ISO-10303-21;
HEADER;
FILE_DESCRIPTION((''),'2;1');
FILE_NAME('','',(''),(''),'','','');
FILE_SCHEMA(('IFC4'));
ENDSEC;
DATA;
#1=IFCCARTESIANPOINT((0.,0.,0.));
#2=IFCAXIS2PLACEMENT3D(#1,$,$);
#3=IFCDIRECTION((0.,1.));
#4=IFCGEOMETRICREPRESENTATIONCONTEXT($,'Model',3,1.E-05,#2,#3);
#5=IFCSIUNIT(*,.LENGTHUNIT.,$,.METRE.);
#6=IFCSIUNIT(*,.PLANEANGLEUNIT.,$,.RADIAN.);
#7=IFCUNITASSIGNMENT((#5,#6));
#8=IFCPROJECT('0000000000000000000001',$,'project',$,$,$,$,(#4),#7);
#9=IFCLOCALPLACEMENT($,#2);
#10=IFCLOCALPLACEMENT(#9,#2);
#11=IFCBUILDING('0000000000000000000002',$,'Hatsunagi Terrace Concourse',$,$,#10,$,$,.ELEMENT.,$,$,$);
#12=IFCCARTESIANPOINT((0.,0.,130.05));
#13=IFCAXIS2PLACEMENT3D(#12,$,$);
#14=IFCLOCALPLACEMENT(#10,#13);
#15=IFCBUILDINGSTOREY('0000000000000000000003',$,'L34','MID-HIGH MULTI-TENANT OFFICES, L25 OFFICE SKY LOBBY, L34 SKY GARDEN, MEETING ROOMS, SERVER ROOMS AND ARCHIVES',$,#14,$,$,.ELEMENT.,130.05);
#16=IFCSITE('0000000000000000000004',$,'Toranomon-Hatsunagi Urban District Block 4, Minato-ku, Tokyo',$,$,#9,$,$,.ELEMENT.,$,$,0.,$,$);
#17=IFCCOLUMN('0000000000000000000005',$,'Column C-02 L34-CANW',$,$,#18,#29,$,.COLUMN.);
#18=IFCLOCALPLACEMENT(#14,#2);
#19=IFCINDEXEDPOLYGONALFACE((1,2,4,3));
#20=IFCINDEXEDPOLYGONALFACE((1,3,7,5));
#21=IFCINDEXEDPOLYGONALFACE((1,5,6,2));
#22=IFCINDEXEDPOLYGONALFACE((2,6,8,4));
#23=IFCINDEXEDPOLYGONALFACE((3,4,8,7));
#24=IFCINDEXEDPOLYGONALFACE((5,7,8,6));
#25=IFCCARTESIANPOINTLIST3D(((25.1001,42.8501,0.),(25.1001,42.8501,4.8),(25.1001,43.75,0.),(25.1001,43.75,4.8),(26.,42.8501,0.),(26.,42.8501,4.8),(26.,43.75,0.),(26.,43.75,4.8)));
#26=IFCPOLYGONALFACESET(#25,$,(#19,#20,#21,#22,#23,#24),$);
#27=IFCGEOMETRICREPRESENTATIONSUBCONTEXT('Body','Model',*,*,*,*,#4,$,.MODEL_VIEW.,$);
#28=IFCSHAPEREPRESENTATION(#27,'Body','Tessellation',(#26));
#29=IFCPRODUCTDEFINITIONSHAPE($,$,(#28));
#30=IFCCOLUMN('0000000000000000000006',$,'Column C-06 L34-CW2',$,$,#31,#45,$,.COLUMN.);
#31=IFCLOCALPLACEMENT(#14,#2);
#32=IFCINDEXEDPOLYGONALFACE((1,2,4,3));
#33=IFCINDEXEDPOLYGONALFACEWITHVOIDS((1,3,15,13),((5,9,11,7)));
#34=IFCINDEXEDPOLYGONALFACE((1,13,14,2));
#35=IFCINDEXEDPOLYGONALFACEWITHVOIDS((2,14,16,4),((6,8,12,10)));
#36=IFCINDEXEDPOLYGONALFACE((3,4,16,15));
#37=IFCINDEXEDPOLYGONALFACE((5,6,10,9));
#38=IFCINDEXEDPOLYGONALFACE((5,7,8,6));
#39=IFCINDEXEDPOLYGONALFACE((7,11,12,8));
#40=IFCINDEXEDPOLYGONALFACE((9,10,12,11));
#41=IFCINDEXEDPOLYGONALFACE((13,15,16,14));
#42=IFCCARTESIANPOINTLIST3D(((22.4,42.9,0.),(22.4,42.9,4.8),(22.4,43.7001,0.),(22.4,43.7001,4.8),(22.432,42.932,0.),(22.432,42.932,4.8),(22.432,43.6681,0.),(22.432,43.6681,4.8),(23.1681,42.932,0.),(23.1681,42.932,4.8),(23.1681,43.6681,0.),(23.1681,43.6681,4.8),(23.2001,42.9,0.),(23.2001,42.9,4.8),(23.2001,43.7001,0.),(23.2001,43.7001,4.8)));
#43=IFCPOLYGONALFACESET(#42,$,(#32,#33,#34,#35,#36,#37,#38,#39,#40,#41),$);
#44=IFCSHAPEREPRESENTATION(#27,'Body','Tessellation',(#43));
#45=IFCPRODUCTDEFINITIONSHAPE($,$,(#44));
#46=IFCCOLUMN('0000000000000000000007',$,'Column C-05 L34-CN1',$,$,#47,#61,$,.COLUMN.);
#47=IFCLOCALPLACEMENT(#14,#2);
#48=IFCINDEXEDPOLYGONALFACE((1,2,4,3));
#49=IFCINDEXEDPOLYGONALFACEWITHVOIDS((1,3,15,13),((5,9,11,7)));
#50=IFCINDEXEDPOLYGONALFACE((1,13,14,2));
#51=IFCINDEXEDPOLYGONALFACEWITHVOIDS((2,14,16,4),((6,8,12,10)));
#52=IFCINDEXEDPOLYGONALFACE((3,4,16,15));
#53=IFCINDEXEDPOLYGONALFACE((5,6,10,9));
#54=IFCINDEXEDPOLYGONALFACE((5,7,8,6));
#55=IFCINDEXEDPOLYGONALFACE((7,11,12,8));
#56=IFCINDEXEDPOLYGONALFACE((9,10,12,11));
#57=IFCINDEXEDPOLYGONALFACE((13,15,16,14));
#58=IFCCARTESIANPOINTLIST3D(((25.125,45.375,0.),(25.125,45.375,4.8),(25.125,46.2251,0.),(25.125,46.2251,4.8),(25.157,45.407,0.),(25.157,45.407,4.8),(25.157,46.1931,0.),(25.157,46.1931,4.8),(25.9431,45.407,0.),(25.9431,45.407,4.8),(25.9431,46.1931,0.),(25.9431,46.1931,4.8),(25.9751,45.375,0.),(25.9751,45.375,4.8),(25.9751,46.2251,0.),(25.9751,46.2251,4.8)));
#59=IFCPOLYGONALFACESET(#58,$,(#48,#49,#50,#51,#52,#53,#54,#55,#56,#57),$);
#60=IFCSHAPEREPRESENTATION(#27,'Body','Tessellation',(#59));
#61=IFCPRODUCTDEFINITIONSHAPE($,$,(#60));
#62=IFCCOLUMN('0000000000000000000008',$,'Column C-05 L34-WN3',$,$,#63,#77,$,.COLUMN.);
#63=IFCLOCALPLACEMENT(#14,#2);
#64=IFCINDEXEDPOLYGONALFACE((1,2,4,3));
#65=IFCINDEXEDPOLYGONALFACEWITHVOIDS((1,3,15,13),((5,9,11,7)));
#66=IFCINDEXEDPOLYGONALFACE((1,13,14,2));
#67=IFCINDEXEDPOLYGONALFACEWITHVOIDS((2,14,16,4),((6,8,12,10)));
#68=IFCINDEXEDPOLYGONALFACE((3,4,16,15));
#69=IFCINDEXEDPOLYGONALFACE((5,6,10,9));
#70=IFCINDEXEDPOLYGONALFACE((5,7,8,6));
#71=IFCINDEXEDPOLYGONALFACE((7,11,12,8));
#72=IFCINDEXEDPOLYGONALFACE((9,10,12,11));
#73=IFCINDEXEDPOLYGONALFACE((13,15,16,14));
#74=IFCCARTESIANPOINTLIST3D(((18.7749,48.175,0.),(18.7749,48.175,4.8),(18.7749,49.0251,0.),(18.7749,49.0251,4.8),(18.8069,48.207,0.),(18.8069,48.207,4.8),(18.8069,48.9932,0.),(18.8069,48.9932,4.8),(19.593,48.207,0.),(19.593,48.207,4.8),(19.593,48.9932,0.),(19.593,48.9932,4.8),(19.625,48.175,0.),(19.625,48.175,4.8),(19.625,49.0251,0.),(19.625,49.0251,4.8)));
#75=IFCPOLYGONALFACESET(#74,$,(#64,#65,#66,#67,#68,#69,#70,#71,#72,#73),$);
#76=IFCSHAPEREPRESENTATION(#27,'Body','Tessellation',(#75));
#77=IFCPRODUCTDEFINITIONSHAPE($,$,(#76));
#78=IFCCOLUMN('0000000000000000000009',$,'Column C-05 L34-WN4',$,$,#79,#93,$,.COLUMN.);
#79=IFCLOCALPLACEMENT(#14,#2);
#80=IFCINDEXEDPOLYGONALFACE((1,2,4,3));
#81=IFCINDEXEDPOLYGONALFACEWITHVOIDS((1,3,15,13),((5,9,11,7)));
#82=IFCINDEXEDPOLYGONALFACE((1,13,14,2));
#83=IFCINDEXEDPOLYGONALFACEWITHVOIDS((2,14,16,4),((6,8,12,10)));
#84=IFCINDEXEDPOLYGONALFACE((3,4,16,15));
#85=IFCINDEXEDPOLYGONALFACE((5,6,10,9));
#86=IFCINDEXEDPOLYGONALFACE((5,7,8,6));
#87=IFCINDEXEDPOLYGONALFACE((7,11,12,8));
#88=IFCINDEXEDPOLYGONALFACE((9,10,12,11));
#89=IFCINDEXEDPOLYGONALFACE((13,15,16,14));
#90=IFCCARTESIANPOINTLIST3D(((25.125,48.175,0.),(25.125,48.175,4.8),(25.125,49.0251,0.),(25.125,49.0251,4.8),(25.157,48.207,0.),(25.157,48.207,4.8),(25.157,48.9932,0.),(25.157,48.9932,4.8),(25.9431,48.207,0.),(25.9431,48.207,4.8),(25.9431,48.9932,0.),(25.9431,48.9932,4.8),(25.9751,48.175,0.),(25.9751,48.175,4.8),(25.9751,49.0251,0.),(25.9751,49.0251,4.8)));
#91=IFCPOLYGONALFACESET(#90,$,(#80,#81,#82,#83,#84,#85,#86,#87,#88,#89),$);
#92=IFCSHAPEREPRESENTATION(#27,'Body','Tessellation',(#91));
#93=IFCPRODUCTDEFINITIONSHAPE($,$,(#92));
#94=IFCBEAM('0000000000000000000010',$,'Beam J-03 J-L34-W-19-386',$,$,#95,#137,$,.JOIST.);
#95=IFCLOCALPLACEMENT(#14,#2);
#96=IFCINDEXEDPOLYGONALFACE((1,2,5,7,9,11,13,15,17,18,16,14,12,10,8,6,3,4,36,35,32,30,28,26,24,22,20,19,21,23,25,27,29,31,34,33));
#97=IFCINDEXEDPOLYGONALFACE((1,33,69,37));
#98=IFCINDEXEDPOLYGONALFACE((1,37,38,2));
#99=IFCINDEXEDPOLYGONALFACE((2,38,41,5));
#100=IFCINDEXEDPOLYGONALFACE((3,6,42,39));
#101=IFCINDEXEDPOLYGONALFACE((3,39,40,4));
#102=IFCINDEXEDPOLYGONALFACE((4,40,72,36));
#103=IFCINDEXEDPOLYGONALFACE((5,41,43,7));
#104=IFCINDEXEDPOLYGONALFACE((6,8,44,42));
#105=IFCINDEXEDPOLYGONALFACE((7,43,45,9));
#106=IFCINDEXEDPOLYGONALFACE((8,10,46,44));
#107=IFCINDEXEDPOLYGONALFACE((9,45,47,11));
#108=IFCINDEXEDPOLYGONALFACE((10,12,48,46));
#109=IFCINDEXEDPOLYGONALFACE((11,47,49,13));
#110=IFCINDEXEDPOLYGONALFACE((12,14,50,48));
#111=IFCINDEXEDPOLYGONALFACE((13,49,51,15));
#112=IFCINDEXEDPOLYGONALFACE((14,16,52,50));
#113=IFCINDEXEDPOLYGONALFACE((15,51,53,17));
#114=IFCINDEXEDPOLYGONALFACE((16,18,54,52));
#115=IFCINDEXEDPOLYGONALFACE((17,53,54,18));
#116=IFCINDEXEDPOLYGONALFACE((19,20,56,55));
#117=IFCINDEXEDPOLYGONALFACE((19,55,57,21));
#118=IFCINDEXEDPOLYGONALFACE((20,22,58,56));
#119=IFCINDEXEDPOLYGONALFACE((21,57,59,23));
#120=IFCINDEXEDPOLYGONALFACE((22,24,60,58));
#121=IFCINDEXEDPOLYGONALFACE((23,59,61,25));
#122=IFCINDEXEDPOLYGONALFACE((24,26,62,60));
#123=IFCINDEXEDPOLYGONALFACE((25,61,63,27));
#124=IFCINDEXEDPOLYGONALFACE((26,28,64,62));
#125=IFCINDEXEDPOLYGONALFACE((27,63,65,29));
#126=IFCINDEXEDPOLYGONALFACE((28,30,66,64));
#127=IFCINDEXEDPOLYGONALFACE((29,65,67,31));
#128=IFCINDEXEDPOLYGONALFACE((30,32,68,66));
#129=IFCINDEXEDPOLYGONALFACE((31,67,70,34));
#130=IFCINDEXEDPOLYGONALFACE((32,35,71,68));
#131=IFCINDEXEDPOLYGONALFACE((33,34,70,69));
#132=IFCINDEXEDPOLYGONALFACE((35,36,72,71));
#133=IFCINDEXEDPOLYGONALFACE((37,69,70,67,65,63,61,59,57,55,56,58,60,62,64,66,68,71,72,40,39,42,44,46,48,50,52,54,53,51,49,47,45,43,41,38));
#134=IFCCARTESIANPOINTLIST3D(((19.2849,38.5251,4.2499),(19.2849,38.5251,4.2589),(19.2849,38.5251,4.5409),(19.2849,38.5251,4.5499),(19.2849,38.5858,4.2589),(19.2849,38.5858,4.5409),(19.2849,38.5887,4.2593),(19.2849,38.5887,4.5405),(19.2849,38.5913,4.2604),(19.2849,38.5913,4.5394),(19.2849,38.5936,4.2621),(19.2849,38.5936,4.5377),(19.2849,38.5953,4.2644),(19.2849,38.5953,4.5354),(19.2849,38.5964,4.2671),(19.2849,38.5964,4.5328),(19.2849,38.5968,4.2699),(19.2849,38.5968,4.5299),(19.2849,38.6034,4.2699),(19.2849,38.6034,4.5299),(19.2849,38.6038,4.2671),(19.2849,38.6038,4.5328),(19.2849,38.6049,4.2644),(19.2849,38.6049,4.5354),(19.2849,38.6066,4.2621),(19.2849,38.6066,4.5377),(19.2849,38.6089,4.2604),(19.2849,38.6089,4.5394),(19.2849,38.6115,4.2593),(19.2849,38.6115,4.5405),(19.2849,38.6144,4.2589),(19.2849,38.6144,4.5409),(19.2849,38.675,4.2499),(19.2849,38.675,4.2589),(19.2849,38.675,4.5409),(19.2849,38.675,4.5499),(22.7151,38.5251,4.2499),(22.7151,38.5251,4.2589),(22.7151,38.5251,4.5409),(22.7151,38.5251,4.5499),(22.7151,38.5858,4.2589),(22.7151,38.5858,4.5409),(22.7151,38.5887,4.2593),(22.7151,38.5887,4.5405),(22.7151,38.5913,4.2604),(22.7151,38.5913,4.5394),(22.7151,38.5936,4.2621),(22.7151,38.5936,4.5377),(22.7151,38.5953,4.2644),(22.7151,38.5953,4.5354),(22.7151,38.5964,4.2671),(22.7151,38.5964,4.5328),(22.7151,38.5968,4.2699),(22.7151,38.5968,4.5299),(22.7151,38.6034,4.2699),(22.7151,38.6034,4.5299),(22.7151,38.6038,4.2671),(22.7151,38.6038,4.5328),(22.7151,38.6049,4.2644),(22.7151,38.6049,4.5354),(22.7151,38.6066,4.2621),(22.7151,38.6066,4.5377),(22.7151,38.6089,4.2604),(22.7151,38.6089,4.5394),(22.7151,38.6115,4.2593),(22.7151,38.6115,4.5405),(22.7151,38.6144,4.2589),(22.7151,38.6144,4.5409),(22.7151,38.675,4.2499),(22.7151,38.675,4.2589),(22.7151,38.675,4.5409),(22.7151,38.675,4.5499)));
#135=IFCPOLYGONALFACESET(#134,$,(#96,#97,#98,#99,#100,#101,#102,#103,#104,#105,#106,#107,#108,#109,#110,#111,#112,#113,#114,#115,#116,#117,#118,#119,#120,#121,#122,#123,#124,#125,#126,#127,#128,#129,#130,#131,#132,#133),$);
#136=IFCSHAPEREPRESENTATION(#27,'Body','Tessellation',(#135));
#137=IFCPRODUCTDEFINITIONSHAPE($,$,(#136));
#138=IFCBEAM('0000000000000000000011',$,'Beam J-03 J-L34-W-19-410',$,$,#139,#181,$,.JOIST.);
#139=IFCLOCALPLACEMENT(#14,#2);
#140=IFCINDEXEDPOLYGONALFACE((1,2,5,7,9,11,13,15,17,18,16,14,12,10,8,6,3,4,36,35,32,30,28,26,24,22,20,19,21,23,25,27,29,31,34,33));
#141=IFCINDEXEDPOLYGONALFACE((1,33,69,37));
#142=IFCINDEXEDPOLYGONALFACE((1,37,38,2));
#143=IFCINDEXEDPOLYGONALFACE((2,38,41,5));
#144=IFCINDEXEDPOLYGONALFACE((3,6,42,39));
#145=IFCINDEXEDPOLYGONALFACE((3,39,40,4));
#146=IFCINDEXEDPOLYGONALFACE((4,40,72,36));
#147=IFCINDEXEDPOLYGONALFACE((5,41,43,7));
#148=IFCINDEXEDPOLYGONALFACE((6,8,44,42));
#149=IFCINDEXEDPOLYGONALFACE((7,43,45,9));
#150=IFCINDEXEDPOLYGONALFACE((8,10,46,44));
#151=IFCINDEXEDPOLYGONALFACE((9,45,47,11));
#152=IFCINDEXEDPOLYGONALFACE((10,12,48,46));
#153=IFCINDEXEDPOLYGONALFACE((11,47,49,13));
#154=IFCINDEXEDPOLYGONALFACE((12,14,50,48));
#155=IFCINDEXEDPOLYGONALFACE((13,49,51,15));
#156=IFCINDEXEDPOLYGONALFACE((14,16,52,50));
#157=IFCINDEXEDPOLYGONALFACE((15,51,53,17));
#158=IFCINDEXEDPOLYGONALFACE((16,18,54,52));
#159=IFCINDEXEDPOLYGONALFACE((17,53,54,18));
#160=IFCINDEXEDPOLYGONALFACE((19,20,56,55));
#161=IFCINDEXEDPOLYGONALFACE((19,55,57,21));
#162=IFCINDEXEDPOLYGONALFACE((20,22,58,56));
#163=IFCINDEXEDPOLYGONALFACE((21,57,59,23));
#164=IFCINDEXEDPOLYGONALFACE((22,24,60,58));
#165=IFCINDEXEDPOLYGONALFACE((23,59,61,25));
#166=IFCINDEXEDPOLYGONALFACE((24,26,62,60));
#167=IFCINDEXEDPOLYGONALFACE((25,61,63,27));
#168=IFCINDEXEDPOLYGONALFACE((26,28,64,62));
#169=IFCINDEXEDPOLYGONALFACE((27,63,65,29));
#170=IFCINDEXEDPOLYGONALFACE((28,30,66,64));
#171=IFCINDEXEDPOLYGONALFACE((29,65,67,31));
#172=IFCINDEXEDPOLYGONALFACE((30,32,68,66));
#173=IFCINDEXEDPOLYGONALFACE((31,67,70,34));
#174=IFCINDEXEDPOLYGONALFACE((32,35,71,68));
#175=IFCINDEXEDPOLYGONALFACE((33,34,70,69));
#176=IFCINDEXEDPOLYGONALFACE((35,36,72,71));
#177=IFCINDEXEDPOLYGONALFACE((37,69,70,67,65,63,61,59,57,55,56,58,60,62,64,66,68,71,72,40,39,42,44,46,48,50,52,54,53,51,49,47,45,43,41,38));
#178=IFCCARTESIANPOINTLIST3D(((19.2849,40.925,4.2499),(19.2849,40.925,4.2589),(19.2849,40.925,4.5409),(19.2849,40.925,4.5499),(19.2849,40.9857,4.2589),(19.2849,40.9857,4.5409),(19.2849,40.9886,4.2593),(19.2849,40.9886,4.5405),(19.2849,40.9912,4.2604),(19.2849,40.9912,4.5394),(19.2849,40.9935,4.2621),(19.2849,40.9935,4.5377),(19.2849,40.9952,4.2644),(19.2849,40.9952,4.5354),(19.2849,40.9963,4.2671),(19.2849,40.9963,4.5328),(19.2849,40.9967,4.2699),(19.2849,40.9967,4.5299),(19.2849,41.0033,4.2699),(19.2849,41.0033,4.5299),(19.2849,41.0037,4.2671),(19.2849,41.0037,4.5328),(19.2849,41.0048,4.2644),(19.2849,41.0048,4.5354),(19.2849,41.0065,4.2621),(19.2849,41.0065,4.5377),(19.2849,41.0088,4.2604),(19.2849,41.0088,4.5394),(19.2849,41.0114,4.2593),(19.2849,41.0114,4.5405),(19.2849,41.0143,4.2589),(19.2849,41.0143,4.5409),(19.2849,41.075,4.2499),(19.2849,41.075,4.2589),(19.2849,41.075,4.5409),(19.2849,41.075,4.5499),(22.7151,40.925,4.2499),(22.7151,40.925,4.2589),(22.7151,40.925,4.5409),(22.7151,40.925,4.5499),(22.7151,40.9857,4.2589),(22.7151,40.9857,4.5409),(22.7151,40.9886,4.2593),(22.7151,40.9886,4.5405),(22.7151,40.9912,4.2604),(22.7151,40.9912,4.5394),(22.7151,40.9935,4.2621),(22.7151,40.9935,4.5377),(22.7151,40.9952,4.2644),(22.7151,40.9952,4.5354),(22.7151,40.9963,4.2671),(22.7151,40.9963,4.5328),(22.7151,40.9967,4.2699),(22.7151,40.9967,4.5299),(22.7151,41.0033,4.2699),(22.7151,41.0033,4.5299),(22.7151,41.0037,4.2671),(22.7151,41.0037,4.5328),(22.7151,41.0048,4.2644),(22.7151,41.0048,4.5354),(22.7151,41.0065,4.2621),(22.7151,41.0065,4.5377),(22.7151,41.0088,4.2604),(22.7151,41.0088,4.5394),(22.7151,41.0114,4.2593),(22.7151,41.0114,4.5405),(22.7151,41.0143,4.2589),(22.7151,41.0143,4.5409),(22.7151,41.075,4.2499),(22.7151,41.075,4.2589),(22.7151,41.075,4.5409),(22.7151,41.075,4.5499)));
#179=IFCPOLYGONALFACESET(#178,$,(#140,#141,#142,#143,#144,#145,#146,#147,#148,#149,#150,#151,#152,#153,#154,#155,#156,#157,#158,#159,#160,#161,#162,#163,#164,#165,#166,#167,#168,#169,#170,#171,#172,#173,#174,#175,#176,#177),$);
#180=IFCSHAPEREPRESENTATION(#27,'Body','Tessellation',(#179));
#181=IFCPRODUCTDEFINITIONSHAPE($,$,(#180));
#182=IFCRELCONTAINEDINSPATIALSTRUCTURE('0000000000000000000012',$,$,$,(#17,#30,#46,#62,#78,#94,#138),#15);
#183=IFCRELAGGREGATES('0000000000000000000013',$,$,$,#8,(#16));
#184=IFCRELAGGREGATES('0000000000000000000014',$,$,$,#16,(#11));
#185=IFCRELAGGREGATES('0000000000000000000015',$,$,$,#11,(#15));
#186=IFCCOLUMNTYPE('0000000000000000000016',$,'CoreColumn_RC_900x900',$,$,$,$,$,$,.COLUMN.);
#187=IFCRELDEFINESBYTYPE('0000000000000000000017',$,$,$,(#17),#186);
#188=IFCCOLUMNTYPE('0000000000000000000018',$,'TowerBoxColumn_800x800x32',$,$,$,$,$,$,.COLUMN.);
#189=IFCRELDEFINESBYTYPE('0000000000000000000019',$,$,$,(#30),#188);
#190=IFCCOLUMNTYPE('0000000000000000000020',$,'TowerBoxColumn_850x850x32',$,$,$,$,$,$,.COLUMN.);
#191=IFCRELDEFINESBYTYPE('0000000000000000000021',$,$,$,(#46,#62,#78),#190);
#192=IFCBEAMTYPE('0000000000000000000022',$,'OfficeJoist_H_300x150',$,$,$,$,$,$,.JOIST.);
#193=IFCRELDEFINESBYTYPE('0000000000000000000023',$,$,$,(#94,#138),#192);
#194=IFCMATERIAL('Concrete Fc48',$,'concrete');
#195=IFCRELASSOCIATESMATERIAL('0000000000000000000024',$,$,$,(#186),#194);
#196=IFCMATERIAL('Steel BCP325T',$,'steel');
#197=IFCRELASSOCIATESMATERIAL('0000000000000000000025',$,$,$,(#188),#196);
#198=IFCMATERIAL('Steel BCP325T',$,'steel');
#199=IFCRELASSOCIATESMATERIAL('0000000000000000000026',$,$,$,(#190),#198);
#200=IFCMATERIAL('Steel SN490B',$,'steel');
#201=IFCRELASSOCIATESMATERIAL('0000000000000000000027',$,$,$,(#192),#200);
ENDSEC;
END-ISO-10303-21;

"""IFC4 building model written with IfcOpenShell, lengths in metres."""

from ifc_helpers import new_model, si_unit, direction, frame, origin, origin_2d, place, context, subcontext, project, spatial, rectangle, hollow_rectangle, i_section, extrude, material, material_profile, profile_set, type_object, element, save


model = new_model("IFC4")

# Units and contexts
model_context = context("Model", 3, precision=1e-05, world=origin(), true_north=direction((0.0, 1.0)))
body_context = subcontext(model_context, "Body", "Model", "MODEL_VIEW")
ifc_project = project(units=[si_unit("LENGTHUNIT", "METRE"), si_unit("PLANEANGLEUNIT", "RADIAN")], contexts=[model_context])

# Site, building, storey
site_placement = place(None, origin())
site = spatial("IfcSite", under=ifc_project, at=site_placement, Name="Toranomon-Hatsunagi Urban District Block 4, Minato-ku, Tokyo", CompositionType="ELEMENT", RefElevation=0.0)
building_placement = place(site_placement, origin())
building = spatial("IfcBuilding", under=site, at=building_placement, Name="Hatsunagi Terrace Concourse", CompositionType="ELEMENT")
storey_placement = place(building_placement, frame((0.0, 0.0, 130.05)))
storey = spatial("IfcBuildingStorey", under=building, at=storey_placement, Name="L34", Description="MID-HIGH MULTI-TENANT OFFICES, L25 OFFICE SKY LOBBY, L34 SKY GARDEN, MEETING ROOMS, SERVER ROOMS AND ARCHIVES", CompositionType="ELEMENT", Elevation=130.05)

# Columns
ifc_material_1 = material(Name="Concrete Fc48", Category="concrete")
ifc_material_profile_1 = material_profile(ifc_material_1, rectangle(XDim=0.8999, YDim=0.8999, at=origin_2d()), Name="RC-900x900")
ifc_profile_set_1 = profile_set([ifc_material_profile_1], Name="Concrete Fc48")
column_type_1 = type_object("IfcColumnType", Name="CoreColumn_RC_900x900", PredefinedType="COLUMN", material=ifc_profile_set_1)
column_1_placement = place(storey_placement, frame((25.55, 43.3, 0.0), z_axis=(0.0, 0.0, 1.0), x_axis=(1.0, 0.0, 0.0)))
element("IfcColumn", 1, at=column_1_placement, inside=storey, type_object=column_type_1, Name="Column C-02 L34-CANW", PredefinedType="COLUMN", context=body_context, shape_type="SweptSolid", body=[
    extrude(rectangle(XDim=0.8999, YDim=0.8999, at=origin_2d()), origin(), (0.0, 0.0, 1.0), 4.8),
])
ifc_material_2 = material(Name="Steel BCP325T", Category="steel")
ifc_material_profile_2 = material_profile(ifc_material_2, hollow_rectangle(XDim=0.8, YDim=0.8, WallThickness=0.032, at=origin_2d()), Name="BCP-800x800x32")
ifc_profile_set_2 = profile_set([ifc_material_profile_2], Name="Steel BCP325T")
column_type_2 = type_object("IfcColumnType", Name="TowerBoxColumn_800x800x32", PredefinedType="COLUMN", material=ifc_profile_set_2)
column_2_placement = place(storey_placement, frame((22.8, 43.3, 0.0), z_axis=(0.0, 0.0, 1.0), x_axis=(1.0, 0.0, 0.0)))
element("IfcColumn", 2, at=column_2_placement, inside=storey, type_object=column_type_2, Name="Column C-06 L34-CW2", PredefinedType="COLUMN", context=body_context, shape_type="SweptSolid", body=[
    extrude(hollow_rectangle(XDim=0.8, YDim=0.8, WallThickness=0.032, at=origin_2d()), origin(), (0.0, 0.0, 1.0), 4.8),
])
ifc_material_3 = material(Name="Steel BCP325T", Category="steel")
ifc_material_profile_3 = material_profile(ifc_material_3, hollow_rectangle(XDim=0.8501, YDim=0.8501, WallThickness=0.032, at=origin_2d()), Name="BCP-850x850x32")
ifc_profile_set_3 = profile_set([ifc_material_profile_3], Name="Steel BCP325T")
column_type_3 = type_object("IfcColumnType", Name="TowerBoxColumn_850x850x32", PredefinedType="COLUMN", material=ifc_profile_set_3)
for number, where, z_axis, x_axis, name in (
    (3, (25.55, 45.8, 0.0), (0.0, 0.0, 1.0), (1.0, 0.0, 0.0), "Column C-05 L34-CN1"),
    (4, (19.2, 48.6001, 0.0), (0.0, 0.0, 1.0), (1.0, 0.0, 0.0), "Column C-05 L34-WN3"),
    (5, (25.55, 48.6001, 0.0), (0.0, 0.0, 1.0), (1.0, 0.0, 0.0), "Column C-05 L34-WN4"),
):
    element("IfcColumn", number, at=place(storey_placement, frame(where, z_axis=z_axis, x_axis=x_axis)), inside=storey, type_object=column_type_3, Name=name, PredefinedType="COLUMN", context=body_context, shape_type="SweptSolid", body=[
        extrude(hollow_rectangle(XDim=0.8501, YDim=0.8501, WallThickness=0.032, at=origin_2d()), origin(), (0.0, 0.0, 1.0), 4.8),
    ])

# Beams
ifc_material_4 = material(Name="Steel SN490B", Category="steel")
ifc_material_profile_4 = material_profile(ifc_material_4, i_section(OverallWidth=0.1499, OverallDepth=0.3, WebThickness=0.0066, FlangeThickness=0.009, FilletRadius=0.011, at=origin_2d()), Name="H-300x150x6.5x9")
ifc_profile_set_4 = profile_set([ifc_material_profile_4], Name="Steel SN490B")
beam_type_1 = type_object("IfcBeamType", Name="OfficeJoist_H_300x150", PredefinedType="JOIST", material=ifc_profile_set_4)
for number, where, z_axis, x_axis, name in (
    (6, (19.2849, 38.6001, 4.3999), (1.0, 0.0, 0.0), (0.0, 1.0, 0.0), "Beam J-03 J-L34-W-19-386"),
    (7, (19.2849, 41.0, 4.3999), (1.0, 0.0, 0.0), (0.0, 1.0, 0.0), "Beam J-03 J-L34-W-19-410"),
):
    element("IfcBeam", number, at=place(storey_placement, frame(where, z_axis=z_axis, x_axis=x_axis)), inside=storey, type_object=beam_type_1, Name=name, PredefinedType="JOIST", context=body_context, shape_type="SweptSolid", body=[
        extrude(i_section(OverallWidth=0.1499, OverallDepth=0.3, WebThickness=0.0066, FlangeThickness=0.009, FilletRadius=0.011, at=origin_2d()), origin(), (0.0, 0.0, 1.0), 3.4302),
    ])

save(model, "model.ifc")
